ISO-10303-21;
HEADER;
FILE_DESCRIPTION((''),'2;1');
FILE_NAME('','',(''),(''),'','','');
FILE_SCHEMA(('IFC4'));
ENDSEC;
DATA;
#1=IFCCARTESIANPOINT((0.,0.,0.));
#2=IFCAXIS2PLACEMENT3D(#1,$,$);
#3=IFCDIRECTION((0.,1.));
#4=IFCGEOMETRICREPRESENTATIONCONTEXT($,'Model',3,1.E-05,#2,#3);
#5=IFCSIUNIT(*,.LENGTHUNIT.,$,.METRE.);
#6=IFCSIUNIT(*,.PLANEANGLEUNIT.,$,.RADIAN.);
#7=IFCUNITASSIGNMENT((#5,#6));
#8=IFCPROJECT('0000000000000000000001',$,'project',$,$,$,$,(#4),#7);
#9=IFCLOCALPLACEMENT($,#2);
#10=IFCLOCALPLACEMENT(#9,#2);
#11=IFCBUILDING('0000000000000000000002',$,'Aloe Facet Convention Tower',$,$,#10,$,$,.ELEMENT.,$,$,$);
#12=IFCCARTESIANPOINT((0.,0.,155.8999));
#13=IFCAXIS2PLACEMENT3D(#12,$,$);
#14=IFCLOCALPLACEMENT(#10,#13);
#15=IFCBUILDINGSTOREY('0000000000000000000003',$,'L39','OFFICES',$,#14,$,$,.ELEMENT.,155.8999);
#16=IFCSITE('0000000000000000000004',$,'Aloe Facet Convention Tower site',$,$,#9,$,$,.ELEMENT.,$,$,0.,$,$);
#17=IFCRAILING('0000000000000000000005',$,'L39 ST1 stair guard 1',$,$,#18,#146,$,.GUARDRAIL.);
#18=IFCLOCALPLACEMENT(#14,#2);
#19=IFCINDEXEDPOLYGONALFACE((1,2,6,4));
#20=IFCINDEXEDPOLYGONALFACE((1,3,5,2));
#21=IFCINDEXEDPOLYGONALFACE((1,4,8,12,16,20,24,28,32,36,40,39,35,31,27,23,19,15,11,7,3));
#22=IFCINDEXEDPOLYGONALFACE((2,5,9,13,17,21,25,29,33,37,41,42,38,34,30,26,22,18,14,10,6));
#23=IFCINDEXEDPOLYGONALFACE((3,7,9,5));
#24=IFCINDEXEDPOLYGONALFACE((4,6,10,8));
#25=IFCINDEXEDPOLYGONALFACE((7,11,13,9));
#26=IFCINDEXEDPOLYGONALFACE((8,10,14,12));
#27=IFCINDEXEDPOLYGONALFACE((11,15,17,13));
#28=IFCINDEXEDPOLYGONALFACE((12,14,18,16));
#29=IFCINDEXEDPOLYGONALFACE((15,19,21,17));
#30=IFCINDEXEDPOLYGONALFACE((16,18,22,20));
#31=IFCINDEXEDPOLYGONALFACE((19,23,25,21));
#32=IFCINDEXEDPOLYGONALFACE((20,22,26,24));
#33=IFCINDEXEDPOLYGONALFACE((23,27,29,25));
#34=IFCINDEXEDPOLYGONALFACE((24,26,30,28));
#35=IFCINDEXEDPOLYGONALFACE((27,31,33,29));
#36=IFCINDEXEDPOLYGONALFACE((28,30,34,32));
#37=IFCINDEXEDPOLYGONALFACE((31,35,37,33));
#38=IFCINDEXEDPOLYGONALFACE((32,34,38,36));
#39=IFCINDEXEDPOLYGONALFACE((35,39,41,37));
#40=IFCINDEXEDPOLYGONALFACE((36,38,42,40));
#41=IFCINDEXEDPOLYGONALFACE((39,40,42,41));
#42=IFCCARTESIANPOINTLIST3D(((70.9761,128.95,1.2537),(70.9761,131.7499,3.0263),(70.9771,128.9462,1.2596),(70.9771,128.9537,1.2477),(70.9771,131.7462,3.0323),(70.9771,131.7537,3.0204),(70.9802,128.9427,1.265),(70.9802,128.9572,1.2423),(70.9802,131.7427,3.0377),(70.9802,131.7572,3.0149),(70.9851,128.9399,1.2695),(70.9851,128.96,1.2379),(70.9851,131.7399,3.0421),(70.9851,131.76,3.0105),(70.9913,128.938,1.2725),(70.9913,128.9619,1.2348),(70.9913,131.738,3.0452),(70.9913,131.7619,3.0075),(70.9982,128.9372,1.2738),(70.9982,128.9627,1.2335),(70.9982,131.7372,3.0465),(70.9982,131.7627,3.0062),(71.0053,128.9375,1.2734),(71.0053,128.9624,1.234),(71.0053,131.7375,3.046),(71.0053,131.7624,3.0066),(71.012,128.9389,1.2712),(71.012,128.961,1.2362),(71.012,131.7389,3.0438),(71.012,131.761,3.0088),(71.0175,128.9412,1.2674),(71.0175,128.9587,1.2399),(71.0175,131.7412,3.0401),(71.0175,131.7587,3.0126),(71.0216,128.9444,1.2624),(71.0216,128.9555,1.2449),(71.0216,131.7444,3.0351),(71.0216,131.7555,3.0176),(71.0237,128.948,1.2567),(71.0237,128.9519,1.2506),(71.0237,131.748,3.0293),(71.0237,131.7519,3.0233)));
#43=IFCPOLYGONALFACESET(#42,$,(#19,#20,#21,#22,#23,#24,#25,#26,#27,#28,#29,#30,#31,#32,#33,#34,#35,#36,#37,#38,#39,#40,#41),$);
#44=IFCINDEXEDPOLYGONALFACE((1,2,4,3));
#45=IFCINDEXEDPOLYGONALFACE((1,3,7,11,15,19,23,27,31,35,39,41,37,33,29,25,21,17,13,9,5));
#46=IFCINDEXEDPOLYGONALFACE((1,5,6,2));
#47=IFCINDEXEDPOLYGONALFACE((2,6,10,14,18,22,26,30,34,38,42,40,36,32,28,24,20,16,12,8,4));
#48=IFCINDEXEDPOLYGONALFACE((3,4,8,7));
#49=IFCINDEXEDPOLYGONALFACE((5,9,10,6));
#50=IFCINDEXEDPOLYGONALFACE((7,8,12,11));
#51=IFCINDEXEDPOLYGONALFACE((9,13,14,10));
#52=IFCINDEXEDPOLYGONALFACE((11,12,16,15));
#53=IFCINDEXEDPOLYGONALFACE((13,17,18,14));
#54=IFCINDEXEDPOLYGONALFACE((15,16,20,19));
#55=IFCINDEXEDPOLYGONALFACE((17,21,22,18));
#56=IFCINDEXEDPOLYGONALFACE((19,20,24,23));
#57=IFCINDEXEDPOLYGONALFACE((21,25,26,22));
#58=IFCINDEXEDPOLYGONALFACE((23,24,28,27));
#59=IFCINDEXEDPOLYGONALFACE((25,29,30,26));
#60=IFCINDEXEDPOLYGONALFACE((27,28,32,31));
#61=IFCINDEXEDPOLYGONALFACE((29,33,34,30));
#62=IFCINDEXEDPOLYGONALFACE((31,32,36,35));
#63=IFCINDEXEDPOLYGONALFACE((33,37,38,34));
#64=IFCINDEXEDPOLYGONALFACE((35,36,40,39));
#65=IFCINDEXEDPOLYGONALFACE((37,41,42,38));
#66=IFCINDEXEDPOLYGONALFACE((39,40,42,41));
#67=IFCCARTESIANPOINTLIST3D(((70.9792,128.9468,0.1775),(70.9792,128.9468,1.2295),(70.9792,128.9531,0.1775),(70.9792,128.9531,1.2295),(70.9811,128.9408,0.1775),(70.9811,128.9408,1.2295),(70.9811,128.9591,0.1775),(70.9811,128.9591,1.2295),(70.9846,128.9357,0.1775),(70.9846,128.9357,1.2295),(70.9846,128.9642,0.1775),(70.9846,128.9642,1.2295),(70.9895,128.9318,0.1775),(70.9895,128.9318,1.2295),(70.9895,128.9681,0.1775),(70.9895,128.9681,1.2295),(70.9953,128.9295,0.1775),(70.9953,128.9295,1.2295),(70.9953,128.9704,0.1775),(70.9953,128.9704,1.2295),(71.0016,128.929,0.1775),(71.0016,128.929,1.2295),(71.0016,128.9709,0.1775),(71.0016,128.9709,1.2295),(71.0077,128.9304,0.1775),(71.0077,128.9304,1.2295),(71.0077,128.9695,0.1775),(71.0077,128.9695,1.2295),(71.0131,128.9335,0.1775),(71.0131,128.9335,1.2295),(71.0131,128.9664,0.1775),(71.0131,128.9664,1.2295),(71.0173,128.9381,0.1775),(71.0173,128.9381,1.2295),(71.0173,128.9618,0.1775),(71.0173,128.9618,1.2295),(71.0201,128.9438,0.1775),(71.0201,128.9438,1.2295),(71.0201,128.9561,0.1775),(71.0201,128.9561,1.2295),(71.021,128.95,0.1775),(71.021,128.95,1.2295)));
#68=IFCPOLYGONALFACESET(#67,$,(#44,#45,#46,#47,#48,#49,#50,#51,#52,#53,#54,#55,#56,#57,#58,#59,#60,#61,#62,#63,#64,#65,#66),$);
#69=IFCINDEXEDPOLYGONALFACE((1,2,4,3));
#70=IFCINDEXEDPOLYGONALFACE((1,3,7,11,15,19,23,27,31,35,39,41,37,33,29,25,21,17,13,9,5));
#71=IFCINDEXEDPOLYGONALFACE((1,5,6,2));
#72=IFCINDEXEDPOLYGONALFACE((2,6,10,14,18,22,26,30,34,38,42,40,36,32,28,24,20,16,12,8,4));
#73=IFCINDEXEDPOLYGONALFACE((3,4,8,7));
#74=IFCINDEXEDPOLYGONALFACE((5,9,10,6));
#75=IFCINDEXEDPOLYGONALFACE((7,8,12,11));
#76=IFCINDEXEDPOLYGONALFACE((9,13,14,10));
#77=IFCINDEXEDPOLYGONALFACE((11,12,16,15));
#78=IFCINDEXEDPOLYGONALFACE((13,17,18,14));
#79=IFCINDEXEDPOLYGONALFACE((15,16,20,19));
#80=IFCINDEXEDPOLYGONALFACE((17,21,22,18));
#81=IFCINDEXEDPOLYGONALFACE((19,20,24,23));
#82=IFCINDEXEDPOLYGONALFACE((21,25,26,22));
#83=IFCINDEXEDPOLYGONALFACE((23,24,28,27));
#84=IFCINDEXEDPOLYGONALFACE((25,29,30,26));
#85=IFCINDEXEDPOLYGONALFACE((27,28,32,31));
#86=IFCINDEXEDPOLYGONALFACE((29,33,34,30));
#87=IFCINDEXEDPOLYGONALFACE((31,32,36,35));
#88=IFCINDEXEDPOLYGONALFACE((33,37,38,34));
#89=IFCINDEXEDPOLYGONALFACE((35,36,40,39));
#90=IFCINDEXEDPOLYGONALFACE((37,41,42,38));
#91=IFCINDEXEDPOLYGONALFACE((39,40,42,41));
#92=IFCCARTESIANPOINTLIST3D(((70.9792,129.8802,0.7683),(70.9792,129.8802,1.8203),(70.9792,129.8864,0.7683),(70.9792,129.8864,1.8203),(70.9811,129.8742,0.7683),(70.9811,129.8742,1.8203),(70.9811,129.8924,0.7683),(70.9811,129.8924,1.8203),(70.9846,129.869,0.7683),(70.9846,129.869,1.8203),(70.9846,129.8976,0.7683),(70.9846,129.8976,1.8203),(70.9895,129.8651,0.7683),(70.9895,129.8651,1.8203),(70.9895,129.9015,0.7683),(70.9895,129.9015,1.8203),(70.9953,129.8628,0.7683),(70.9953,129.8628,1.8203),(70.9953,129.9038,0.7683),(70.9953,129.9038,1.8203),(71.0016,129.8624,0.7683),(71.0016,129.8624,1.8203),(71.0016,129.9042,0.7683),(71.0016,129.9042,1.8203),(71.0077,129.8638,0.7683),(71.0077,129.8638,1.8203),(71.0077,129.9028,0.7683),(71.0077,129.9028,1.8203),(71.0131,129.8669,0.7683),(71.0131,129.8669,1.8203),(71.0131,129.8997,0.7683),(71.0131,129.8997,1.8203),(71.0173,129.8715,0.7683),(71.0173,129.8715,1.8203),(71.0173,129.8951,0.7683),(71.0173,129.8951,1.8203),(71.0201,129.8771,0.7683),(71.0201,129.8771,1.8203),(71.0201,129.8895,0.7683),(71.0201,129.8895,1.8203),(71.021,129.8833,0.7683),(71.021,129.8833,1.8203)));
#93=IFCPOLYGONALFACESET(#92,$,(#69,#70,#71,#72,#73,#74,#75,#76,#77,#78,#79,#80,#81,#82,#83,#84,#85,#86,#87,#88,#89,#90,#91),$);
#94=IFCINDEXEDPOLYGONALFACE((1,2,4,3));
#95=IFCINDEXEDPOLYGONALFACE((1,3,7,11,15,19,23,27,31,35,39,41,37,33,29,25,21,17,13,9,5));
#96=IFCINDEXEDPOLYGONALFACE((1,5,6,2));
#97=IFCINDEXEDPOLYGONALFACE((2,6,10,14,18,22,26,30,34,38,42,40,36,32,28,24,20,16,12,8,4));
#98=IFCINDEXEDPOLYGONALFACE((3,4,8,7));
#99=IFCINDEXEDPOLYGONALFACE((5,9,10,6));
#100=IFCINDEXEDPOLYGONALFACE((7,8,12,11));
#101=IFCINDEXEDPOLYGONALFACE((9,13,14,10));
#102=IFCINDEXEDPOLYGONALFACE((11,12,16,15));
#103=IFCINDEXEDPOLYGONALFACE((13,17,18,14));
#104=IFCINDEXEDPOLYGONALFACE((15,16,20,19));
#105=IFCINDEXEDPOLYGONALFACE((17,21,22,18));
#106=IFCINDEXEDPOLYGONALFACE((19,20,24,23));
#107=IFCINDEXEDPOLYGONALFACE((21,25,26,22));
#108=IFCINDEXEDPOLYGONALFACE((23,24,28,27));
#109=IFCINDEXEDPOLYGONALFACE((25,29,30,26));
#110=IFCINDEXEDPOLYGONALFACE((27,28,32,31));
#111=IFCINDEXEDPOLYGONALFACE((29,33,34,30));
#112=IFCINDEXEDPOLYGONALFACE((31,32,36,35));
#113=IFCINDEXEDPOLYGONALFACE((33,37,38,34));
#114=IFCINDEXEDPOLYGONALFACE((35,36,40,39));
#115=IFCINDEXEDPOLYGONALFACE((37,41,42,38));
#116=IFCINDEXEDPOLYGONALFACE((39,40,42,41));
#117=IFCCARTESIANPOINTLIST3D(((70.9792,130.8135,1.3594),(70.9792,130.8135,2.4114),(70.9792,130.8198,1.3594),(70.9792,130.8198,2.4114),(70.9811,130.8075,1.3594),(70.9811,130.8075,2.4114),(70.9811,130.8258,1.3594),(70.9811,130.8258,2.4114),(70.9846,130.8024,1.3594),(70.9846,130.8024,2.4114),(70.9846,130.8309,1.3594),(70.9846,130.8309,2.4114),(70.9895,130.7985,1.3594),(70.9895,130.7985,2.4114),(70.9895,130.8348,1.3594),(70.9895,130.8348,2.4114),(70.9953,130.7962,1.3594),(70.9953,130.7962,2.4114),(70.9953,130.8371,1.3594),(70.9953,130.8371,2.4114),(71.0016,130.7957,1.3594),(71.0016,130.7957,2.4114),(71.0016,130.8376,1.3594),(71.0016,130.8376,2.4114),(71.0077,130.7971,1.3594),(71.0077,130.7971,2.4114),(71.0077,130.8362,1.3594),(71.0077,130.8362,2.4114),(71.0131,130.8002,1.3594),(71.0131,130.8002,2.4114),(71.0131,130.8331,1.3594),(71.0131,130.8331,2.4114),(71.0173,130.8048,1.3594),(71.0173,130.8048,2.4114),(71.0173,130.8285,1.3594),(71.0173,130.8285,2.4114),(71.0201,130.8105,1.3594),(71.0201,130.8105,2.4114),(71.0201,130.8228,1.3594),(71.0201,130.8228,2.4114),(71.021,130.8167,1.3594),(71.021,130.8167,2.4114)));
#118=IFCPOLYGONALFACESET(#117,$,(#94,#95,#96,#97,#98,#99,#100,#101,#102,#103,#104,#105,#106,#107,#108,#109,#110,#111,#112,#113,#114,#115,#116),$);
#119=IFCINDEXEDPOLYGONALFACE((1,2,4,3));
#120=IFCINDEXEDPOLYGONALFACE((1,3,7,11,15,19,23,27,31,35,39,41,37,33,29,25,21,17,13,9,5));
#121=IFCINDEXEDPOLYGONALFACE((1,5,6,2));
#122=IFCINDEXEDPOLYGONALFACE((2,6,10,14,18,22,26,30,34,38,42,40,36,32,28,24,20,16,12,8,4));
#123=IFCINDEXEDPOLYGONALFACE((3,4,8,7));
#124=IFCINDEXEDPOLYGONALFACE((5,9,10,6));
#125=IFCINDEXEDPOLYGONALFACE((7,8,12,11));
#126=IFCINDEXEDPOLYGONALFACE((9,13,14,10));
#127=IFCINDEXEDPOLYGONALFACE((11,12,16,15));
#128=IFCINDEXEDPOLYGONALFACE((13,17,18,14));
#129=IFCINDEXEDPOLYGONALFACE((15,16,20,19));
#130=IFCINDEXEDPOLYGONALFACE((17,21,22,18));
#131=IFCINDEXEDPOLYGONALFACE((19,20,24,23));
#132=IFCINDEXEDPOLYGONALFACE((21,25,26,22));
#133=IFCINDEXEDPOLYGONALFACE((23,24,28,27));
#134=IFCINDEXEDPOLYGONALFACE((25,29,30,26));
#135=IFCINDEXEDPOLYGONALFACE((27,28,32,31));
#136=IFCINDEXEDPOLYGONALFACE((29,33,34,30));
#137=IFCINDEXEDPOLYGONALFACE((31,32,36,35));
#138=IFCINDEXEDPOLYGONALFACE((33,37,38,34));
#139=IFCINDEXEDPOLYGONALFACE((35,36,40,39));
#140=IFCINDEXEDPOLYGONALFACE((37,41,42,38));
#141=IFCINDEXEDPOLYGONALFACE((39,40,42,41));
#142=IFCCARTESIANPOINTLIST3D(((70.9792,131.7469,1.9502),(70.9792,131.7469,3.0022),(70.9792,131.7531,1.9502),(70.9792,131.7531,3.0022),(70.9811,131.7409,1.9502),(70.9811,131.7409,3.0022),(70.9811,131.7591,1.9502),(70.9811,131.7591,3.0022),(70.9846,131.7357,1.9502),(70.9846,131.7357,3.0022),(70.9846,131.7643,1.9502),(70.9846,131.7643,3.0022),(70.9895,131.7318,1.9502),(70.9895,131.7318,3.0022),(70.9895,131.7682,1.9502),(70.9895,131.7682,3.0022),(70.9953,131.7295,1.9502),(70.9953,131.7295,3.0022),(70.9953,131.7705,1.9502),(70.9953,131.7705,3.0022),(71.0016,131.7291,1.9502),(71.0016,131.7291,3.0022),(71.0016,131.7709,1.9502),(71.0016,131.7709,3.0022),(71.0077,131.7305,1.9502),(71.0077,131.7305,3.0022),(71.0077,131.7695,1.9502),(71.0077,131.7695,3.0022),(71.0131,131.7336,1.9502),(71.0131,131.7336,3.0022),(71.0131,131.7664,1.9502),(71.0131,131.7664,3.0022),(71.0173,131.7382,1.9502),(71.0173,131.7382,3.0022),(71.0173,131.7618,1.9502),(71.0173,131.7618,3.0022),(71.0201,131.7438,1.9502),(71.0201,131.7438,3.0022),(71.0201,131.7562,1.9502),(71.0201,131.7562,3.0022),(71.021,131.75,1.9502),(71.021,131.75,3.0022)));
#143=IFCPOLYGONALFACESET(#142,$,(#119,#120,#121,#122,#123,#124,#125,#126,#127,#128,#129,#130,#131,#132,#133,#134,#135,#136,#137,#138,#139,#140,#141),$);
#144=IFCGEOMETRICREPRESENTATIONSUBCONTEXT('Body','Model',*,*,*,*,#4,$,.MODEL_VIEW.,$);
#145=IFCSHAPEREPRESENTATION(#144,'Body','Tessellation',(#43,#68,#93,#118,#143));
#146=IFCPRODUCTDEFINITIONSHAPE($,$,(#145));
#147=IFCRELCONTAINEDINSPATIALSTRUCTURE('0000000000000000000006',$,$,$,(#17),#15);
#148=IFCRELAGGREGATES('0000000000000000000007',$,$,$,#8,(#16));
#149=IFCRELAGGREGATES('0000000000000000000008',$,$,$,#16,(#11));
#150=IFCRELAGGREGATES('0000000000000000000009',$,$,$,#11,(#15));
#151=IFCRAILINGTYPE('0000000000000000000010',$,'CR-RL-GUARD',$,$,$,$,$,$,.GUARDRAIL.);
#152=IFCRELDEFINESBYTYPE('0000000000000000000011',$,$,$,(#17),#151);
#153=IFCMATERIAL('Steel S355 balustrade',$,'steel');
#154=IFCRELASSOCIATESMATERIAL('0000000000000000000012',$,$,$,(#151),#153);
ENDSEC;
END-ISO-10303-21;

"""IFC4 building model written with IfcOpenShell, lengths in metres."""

from ifc_helpers import new_model, si_unit, direction, frame, origin, origin_2d, place, context, subcontext, project, spatial, circle, extrude, material, type_object, element, save


model = new_model("IFC4")

# Units and contexts
model_context = context("Model", 3, precision=1e-05, world=origin(), true_north=direction((0.0, 1.0)))
body_context = subcontext(model_context, "Body", "Model", "MODEL_VIEW")
ifc_project = project(units=[si_unit("LENGTHUNIT", "METRE"), si_unit("PLANEANGLEUNIT", "RADIAN")], contexts=[model_context])

# Site, building, storey
site_placement = place(None, origin())
site = spatial("IfcSite", under=ifc_project, at=site_placement, Name="Aloe Facet Convention Tower site", CompositionType="ELEMENT", RefElevation=0.0)
building_placement = place(site_placement, origin())
building = spatial("IfcBuilding", under=site, at=building_placement, Name="Aloe Facet Convention Tower", CompositionType="ELEMENT")
storey_placement = place(building_placement, frame((0.0, 0.0, 155.8999)))
storey = spatial("IfcBuildingStorey", under=building, at=storey_placement, Name="L39", Description="OFFICES", CompositionType="ELEMENT", Elevation=155.8999)

# Railing
ifc_material_1 = material(Name="Steel S355 balustrade", Category="steel")
railing_type_1 = type_object("IfcRailingType", Name="CR-RL-GUARD", PredefinedType="GUARDRAIL", material=ifc_material_1)
railing_1_placement = place(storey_placement, frame((71.0, 128.95, 0.1775)))
element("IfcRailing", 1, at=railing_1_placement, inside=storey, type_object=railing_type_1, Name="L39 ST1 stair guard 1", PredefinedType="GUARDRAIL", context=body_context, shape_type="SweptSolid", body=[
    extrude(circle(Radius=0.0239, at=origin_2d()), frame((0.0, 0.0, 1.0762), z_axis=(0.0, 0.844909, 0.53491), x_axis=(-1.0, 0.0, 0.0)), (0.0, 0.0, 1.0), 3.314),
    extrude(circle(Radius=0.021, at=origin_2d()), origin(), (0.0, 0.0, 1.0), 1.052),
    extrude(circle(Radius=0.021, at=origin_2d()), frame((0.0, 0.9333, 0.5908)), (0.0, 0.0, 1.0), 1.052),
    extrude(circle(Radius=0.021, at=origin_2d()), frame((0.0, 1.8667, 1.1819)), (0.0, 0.0, 1.0), 1.052),
    extrude(circle(Radius=0.021, at=origin_2d()), frame((0.0, 2.8, 1.7727)), (0.0, 0.0, 1.0), 1.052),
])

save(model, "model.ifc")
